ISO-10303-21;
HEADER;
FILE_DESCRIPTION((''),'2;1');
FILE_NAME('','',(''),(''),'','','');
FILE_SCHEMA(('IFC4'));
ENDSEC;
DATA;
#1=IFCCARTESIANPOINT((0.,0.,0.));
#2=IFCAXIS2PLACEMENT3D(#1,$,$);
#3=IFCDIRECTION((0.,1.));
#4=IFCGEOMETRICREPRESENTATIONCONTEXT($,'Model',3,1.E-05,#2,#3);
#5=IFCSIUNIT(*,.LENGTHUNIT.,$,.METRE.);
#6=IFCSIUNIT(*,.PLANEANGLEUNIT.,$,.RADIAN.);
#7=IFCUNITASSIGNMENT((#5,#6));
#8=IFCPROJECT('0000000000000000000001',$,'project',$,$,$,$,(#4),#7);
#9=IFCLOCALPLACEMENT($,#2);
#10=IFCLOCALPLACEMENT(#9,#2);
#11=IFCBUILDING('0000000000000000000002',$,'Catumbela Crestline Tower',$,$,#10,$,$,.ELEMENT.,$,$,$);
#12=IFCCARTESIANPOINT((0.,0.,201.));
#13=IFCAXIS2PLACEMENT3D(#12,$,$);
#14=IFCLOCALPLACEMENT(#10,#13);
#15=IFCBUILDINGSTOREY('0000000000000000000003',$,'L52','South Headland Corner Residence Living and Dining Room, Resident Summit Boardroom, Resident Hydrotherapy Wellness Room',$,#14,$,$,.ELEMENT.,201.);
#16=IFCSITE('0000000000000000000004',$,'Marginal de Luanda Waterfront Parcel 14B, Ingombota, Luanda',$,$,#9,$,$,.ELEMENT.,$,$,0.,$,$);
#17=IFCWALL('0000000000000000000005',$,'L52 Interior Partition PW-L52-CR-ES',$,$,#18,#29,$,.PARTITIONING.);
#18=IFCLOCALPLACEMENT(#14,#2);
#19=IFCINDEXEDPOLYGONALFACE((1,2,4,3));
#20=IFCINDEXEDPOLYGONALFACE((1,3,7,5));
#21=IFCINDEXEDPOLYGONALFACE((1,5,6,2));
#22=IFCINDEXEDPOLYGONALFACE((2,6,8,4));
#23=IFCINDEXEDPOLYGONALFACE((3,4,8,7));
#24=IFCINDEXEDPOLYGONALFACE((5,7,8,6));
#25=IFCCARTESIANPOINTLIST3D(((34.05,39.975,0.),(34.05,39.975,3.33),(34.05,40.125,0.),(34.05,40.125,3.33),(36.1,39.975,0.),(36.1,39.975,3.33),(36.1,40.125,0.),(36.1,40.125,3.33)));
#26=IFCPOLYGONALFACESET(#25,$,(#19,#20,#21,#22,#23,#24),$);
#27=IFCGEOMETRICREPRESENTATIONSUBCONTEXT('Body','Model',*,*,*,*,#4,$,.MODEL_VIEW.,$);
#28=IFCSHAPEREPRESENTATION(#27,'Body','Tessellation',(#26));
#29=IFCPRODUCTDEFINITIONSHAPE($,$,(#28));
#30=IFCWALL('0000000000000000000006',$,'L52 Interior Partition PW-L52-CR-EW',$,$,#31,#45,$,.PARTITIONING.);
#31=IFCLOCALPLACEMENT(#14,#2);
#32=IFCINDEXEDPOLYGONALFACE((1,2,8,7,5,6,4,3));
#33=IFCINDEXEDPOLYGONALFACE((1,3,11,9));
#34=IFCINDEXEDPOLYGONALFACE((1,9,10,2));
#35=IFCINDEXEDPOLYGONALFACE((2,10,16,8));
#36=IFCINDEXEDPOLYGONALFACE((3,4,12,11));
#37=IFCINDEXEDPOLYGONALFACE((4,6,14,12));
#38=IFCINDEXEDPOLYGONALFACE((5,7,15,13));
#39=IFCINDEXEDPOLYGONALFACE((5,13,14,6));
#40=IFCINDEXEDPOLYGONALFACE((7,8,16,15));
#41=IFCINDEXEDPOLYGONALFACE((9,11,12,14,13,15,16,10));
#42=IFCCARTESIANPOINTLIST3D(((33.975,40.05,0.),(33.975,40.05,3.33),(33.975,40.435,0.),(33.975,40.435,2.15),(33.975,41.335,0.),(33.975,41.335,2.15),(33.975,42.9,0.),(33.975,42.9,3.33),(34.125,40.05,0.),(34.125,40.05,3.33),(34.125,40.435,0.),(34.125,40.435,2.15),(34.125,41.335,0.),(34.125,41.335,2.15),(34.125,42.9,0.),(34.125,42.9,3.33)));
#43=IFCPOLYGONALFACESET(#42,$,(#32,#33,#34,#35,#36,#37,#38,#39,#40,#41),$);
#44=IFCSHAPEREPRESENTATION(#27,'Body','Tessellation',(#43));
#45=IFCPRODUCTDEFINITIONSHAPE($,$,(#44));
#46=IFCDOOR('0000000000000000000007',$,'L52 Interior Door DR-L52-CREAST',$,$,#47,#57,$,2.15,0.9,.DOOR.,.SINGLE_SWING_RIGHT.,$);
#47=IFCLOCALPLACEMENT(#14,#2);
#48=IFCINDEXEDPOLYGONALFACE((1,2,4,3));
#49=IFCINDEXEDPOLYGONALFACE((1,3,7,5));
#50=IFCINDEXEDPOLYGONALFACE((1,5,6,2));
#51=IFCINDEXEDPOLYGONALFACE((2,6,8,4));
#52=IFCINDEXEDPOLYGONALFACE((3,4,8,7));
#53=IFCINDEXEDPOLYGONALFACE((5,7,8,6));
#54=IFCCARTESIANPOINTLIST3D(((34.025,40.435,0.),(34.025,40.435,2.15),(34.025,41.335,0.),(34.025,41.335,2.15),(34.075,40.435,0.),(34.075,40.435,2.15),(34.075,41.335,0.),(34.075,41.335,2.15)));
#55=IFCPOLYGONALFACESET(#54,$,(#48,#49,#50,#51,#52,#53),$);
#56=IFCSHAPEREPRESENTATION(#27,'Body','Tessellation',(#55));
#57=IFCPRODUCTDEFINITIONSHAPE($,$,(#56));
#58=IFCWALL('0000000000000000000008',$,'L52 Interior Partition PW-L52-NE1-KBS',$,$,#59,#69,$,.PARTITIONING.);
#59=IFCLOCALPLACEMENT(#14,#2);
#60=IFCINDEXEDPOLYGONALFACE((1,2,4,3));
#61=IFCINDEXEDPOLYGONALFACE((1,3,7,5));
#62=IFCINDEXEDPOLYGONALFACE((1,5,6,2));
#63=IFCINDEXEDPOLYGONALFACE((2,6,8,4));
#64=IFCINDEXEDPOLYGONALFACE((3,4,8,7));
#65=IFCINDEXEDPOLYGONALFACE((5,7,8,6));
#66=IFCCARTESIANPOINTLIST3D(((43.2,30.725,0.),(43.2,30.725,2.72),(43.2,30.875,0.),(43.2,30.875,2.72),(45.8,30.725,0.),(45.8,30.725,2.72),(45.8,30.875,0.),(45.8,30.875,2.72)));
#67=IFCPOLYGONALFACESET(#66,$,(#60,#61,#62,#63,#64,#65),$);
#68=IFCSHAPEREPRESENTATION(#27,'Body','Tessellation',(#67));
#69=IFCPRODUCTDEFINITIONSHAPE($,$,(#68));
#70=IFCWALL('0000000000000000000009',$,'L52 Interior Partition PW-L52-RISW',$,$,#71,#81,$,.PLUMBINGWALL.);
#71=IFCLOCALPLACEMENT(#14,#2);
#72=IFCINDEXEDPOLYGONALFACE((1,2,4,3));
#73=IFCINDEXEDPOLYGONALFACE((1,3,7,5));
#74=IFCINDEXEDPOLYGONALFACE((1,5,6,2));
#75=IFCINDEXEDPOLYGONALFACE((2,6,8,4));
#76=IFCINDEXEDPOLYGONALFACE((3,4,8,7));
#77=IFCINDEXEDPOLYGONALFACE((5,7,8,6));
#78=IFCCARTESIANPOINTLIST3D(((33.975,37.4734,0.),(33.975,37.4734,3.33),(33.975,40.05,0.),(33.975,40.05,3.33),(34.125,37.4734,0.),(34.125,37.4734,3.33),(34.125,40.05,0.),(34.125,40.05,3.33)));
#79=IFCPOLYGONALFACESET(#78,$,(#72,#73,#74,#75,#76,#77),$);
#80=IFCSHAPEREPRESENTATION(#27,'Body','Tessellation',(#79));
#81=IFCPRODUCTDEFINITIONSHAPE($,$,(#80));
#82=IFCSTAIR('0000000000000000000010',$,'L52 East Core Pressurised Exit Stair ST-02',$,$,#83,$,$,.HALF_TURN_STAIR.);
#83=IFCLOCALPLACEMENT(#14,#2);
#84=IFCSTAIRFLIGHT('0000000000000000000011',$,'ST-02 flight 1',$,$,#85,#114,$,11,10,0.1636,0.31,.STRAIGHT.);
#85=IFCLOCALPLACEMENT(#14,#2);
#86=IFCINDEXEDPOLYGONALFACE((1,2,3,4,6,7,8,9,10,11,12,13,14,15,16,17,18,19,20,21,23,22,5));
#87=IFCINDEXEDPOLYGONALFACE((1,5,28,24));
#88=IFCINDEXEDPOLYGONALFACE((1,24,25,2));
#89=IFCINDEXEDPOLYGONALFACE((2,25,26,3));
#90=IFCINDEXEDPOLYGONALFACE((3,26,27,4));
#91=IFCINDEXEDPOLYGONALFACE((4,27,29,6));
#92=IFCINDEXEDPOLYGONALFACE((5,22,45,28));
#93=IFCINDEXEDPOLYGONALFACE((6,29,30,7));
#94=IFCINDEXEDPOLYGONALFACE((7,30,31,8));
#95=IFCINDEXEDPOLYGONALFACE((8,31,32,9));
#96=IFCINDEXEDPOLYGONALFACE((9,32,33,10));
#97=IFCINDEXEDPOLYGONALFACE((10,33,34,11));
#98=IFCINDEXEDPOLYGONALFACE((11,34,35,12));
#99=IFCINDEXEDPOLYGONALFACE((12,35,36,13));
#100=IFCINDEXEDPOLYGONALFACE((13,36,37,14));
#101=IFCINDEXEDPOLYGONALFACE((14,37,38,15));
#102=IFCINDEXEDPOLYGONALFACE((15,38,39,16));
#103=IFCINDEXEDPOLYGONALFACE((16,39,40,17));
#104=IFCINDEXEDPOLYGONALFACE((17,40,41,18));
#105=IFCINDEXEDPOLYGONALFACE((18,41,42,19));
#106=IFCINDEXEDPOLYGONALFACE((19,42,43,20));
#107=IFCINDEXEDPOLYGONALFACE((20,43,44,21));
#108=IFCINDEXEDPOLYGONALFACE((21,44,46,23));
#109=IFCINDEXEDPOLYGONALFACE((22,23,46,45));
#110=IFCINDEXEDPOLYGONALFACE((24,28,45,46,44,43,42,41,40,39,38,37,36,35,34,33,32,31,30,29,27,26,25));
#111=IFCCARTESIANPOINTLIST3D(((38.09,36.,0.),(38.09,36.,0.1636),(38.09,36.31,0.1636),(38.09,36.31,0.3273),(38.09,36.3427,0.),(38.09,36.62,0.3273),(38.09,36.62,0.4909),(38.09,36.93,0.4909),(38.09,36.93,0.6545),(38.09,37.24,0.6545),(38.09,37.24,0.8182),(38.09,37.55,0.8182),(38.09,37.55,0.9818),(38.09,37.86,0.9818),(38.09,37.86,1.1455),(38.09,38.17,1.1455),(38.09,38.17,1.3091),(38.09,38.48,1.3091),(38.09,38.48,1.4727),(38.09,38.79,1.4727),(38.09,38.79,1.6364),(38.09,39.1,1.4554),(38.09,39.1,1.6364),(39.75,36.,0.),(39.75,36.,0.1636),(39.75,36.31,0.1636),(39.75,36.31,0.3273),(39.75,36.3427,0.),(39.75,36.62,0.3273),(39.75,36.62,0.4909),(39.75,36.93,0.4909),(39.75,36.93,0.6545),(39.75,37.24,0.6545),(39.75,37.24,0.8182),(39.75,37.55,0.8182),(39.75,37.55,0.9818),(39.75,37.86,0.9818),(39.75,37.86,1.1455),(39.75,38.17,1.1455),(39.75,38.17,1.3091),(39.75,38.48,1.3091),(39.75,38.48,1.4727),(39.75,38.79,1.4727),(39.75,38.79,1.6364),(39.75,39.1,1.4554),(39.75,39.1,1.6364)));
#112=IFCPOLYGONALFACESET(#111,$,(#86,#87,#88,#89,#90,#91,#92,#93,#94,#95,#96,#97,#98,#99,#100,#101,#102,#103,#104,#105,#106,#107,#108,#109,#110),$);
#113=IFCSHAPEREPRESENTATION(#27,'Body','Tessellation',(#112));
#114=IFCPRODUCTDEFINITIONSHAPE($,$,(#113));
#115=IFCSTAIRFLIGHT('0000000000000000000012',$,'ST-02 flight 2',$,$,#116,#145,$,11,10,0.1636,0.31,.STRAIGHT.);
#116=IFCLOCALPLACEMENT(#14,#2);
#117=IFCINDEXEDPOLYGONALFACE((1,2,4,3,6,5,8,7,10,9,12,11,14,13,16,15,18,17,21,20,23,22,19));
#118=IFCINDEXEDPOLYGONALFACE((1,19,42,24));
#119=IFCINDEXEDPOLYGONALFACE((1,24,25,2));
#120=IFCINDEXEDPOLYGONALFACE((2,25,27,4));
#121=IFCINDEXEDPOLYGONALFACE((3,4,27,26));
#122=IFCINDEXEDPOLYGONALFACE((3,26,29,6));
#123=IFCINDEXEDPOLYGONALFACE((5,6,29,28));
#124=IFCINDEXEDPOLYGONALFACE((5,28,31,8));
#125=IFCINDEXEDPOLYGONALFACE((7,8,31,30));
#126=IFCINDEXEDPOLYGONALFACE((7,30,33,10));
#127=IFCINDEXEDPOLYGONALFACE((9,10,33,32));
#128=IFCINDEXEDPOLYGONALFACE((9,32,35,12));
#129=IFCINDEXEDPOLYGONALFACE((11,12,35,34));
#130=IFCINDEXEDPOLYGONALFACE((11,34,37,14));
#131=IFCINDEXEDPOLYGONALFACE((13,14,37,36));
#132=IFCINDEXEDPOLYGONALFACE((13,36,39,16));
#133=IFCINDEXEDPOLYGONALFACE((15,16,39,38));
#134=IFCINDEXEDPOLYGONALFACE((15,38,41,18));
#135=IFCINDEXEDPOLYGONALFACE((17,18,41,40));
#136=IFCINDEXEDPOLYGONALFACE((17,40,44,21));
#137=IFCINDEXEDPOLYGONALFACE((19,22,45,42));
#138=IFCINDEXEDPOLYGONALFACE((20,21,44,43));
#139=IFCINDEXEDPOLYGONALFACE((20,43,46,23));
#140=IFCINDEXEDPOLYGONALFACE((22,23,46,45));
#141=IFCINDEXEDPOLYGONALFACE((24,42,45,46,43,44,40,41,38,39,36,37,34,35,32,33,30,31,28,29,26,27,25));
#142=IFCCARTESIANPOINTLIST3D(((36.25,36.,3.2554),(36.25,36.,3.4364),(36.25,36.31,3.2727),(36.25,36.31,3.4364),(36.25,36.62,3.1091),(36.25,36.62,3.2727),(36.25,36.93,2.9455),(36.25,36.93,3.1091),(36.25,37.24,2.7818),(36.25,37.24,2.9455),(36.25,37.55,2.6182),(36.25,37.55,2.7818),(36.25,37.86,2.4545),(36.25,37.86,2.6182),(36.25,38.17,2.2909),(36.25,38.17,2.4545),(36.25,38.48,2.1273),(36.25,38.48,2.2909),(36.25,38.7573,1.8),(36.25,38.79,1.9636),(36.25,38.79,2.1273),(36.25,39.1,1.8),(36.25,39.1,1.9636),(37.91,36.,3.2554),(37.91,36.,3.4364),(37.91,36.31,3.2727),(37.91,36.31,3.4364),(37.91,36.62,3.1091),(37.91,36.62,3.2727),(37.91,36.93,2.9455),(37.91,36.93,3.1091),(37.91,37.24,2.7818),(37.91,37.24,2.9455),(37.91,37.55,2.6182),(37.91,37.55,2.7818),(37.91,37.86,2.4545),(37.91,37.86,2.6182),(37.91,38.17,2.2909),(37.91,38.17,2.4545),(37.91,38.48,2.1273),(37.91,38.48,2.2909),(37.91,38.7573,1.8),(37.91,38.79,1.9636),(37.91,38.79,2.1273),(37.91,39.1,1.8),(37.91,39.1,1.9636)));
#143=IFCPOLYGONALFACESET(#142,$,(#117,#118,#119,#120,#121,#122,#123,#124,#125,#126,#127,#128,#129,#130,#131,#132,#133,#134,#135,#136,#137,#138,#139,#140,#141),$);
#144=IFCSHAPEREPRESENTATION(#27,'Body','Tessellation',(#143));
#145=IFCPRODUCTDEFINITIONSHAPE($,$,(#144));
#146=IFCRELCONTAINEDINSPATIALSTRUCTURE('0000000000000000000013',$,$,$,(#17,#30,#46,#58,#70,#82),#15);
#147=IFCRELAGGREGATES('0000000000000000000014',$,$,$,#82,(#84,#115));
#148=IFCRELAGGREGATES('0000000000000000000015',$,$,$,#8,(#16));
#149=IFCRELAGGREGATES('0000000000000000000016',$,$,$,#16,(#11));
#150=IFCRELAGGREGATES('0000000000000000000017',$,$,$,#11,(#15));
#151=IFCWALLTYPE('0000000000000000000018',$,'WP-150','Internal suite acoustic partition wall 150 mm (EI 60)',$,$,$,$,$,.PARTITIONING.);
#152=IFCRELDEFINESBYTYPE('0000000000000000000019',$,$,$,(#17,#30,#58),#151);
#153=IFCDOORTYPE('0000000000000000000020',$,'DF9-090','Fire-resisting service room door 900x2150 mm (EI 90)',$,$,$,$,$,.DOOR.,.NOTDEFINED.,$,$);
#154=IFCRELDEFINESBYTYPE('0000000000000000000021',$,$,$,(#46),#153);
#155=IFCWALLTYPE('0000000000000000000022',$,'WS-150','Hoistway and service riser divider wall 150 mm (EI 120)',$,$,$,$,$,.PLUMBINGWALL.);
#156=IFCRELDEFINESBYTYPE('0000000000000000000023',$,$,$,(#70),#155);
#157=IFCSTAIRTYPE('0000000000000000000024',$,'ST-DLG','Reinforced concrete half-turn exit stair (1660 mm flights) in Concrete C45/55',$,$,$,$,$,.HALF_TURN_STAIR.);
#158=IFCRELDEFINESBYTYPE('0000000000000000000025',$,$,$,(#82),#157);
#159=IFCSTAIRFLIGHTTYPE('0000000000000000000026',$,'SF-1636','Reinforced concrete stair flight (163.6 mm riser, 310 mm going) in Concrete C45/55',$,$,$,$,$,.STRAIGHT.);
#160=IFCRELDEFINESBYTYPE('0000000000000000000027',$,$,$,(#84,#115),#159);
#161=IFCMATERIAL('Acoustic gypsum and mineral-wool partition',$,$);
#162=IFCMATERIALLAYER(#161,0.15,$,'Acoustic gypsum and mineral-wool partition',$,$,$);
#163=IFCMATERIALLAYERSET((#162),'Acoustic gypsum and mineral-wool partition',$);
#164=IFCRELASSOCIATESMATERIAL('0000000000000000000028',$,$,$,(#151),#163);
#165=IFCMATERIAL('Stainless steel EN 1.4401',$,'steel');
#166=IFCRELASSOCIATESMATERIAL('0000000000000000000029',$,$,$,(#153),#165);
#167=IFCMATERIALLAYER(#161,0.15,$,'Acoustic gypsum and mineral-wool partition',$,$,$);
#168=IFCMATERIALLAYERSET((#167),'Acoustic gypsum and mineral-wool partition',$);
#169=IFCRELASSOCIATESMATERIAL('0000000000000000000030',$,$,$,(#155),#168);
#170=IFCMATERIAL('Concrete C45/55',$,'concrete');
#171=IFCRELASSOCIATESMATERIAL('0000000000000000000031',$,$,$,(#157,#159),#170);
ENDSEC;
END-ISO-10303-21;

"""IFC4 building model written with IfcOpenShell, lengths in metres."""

from ifc_helpers import new_model, si_unit, direction, frame, frame_2d, origin, place, context, subcontext, project, spatial, polyline, rectangle, outline, extrude, material, layer, layer_set, type_object, element, fill, aggregate, save


model = new_model("IFC4")

# Units and contexts
model_context = context("Model", 3, precision=1e-05, world=origin(), true_north=direction((0.0, 1.0)))
body_context = subcontext(model_context, "Body", "Model", "MODEL_VIEW")
ifc_project = project(units=[si_unit("LENGTHUNIT", "METRE"), si_unit("PLANEANGLEUNIT", "RADIAN")], contexts=[model_context])

# Site, building, storey
site_placement = place(None, origin())
site = spatial("IfcSite", under=ifc_project, at=site_placement, Name="Marginal de Luanda Waterfront Parcel 14B, Ingombota, Luanda", CompositionType="ELEMENT", RefElevation=0.0)
building_placement = place(site_placement, origin())
building = spatial("IfcBuilding", under=site, at=building_placement, Name="Catumbela Crestline Tower", CompositionType="ELEMENT")
storey_placement = place(building_placement, frame((0.0, 0.0, 201.0)))
storey = spatial("IfcBuildingStorey", under=building, at=storey_placement, Name="L52", Description="South Headland Corner Residence Living and Dining Room, Resident Summit Boardroom, Resident Hydrotherapy Wellness Room", CompositionType="ELEMENT", Elevation=201.0)

# Shared definitions
ifc_material_1 = material(Name="Acoustic gypsum and mineral-wool partition")

# Wall
ifc_layer_1 = layer(ifc_material_1, 0.15, Name="Acoustic gypsum and mineral-wool partition")
ifc_layer_set_1 = layer_set([ifc_layer_1], Name="Acoustic gypsum and mineral-wool partition")
wall_type_1 = type_object("IfcWallType", Name="WP-150", Description="Internal suite acoustic partition wall 150 mm (EI 60)", PredefinedType="PARTITIONING", material=ifc_layer_set_1)
wall_1_placement = place(storey_placement, frame((34.05, 40.05, 0.0), z_axis=(0.0, 0.0, 1.0), x_axis=(1.0, 0.0, 0.0)))
element("IfcWall", 1, at=wall_1_placement, inside=storey, type_object=wall_type_1, Name="L52 Interior Partition PW-L52-CR-ES", PredefinedType="PARTITIONING", context=body_context, shape_type="SweptSolid", body=[
    extrude(rectangle(XDim=2.05, YDim=0.15, at=frame_2d((1.025, 0.0))), origin(), (0.0, 0.0, 1.0), 3.33),
])

# Wall, opening, door
wall_2_placement = place(storey_placement, frame((34.05, 40.05, 0.0), z_axis=(0.0, 0.0, 1.0), x_axis=(0.0, 1.0, 0.0)))
wall_2 = element("IfcWall", 2, at=wall_2_placement, inside=storey, type_object=wall_type_1, Name="L52 Interior Partition PW-L52-CR-EW", PredefinedType="PARTITIONING", context=body_context, shape_type="SweptSolid", body=[
    extrude(rectangle(XDim=2.85, YDim=0.15, at=frame_2d((1.425, 0.0))), origin(), (0.0, 0.0, 1.0), 3.33),
])
opening_1_placement = place(wall_2_placement, frame((0.385, 0.0, 0.0)))
opening_1 = element("IfcOpeningElement", 3, at=opening_1_placement, cuts=wall_2, PredefinedType="OPENING", context=body_context, shape_type="SweptSolid", body=[
    extrude(rectangle(XDim=0.9, YDim=2.15, at=frame_2d((0.45, 1.075))), frame((0.0, 0.085, 0.0), z_axis=(0.0, -1.0, 0.0), x_axis=(1.0, 0.0, 0.0)), (0.0, 0.0, 1.0), 0.17),
])
ifc_material_2 = material(Name="Stainless steel EN 1.4401", Category="steel")
door_type_1 = type_object("IfcDoorType", Name="DF9-090", Description="Fire-resisting service room door 900x2150 mm (EI 90)", OperationType="NOTDEFINED", PredefinedType="DOOR", material=ifc_material_2)
door_1_placement = place(opening_1_placement, origin())
door_1 = element("IfcDoor", 4, at=door_1_placement, inside=storey, type_object=door_type_1, Name="L52 Interior Door DR-L52-CREAST", OperationType="SINGLE_SWING_RIGHT", OverallHeight=2.15, OverallWidth=0.9, PredefinedType="DOOR", context=body_context, shape_type="SweptSolid", body=[
    extrude(rectangle(XDim=0.9, YDim=2.15, at=frame_2d((0.45, 1.075))), frame((0.0, 0.025, 0.0), z_axis=(0.0, -1.0, 0.0), x_axis=(1.0, 0.0, 0.0)), (0.0, 0.0, 1.0), 0.05),
])
fill(opening_1, door_1)

# Walls
wall_3_placement = place(storey_placement, frame((43.2, 30.8, 0.0), z_axis=(0.0, 0.0, 1.0), x_axis=(1.0, 0.0, 0.0)))
element("IfcWall", 5, at=wall_3_placement, inside=storey, type_object=wall_type_1, Name="L52 Interior Partition PW-L52-NE1-KBS", PredefinedType="PARTITIONING", context=body_context, shape_type="SweptSolid", body=[
    extrude(rectangle(XDim=2.6, YDim=0.15, at=frame_2d((1.3, 0.0))), origin(), (0.0, 0.0, 1.0), 2.72),
])
ifc_layer_2 = layer(ifc_material_1, 0.15, Name="Acoustic gypsum and mineral-wool partition")
ifc_layer_set_2 = layer_set([ifc_layer_2], Name="Acoustic gypsum and mineral-wool partition")
wall_type_2 = type_object("IfcWallType", Name="WS-150", Description="Hoistway and service riser divider wall 150 mm (EI 120)", PredefinedType="PLUMBINGWALL", material=ifc_layer_set_2)
wall_4_placement = place(storey_placement, frame((34.05, 37.4734, 0.0), z_axis=(0.0, 0.0, 1.0), x_axis=(0.0, 1.0, 0.0)))
element("IfcWall", 6, at=wall_4_placement, inside=storey, type_object=wall_type_2, Name="L52 Interior Partition PW-L52-RISW", PredefinedType="PLUMBINGWALL", context=body_context, shape_type="SweptSolid", body=[
    extrude(rectangle(XDim=2.5766, YDim=0.15, at=frame_2d((1.2883, 0.0))), origin(), (0.0, 0.0, 1.0), 3.33),
])

# Stair, stair flights
ifc_material_3 = material(Name="Concrete C45/55", Category="concrete")
stair_type = type_object("IfcStairType", Name="ST-DLG", Description="Reinforced concrete half-turn exit stair (1660 mm flights) in Concrete C45/55", PredefinedType="HALF_TURN_STAIR", material=ifc_material_3)
stair_placement = place(storey_placement, origin())
stair = element("IfcStair", 7, at=stair_placement, inside=storey, type_object=stair_type, Name="L52 East Core Pressurised Exit Stair ST-02", PredefinedType="HALF_TURN_STAIR")
stair_flight_type = type_object("IfcStairFlightType", Name="SF-1636", Description="Reinforced concrete stair flight (163.6 mm riser, 310 mm going) in Concrete C45/55", PredefinedType="STRAIGHT", material=ifc_material_3)
stair_flight_1_placement = place(storey_placement, frame((38.92, 36.0, 0.0), z_axis=(0.0, 0.0, 1.0), x_axis=(0.0, 1.0, 0.0)))
stair_flight_1 = element("IfcStairFlight", 8, at=stair_flight_1_placement, type_object=stair_flight_type, Name="ST-02 flight 1", NumberOfRisers=11, NumberOfTreads=10, PredefinedType="STRAIGHT", RiserHeight=0.1636, TreadLength=0.31, context=body_context, shape_type="SweptSolid", body=[
    extrude(outline(polyline([(0.0, 0.0), (0.0, 0.1636), (0.31, 0.1636), (0.31, 0.3273), (0.62, 0.3273), (0.62, 0.4909), (0.93, 0.4909), (0.93, 0.6545), (1.24, 0.6545), (1.24, 0.8182), (1.55, 0.8182), (1.55, 0.9818), (1.86, 0.9818), (1.86, 1.1455), (2.17, 1.1455), (2.17, 1.3091), (2.48, 1.3091), (2.48, 1.4727), (2.79, 1.4727), (2.79, 1.6364), (3.1, 1.6364), (3.1, 1.8), (3.1, 1.4554), (0.3427, 0.0), (0.0, 0.0)])), frame((0.0, 0.83, 0.0), z_axis=(0.0, -1.0, 0.0), x_axis=(1.0, 0.0, 0.0)), (0.0, 0.0, 1.0), 1.66),
])
stair_flight_2_placement = place(storey_placement, frame((37.08, 39.1, 1.8), z_axis=(0.0, 0.0, 1.0), x_axis=(0.0, -1.0, 0.0)))
stair_flight_2 = element("IfcStairFlight", 9, at=stair_flight_2_placement, type_object=stair_flight_type, Name="ST-02 flight 2", NumberOfRisers=11, NumberOfTreads=10, PredefinedType="STRAIGHT", RiserHeight=0.1636, TreadLength=0.31, context=body_context, shape_type="SweptSolid", body=[
    extrude(outline(polyline([(0.0, 0.0), (0.0, 0.1636), (0.31, 0.1636), (0.31, 0.3273), (0.62, 0.3273), (0.62, 0.4909), (0.93, 0.4909), (0.93, 0.6545), (1.24, 0.6545), (1.24, 0.8182), (1.55, 0.8182), (1.55, 0.9818), (1.86, 0.9818), (1.86, 1.1455), (2.17, 1.1455), (2.17, 1.3091), (2.48, 1.3091), (2.48, 1.4727), (2.79, 1.4727), (2.79, 1.6364), (3.1, 1.6364), (3.1, 1.8), (3.1, 1.4554), (0.3427, 0.0), (0.0, 0.0)])), frame((0.0, 0.83, 0.0), z_axis=(0.0, -1.0, 0.0), x_axis=(1.0, 0.0, 0.0)), (0.0, 0.0, 1.0), 1.66),
])
aggregate(stair, [stair_flight_1, stair_flight_2])

save(model, "model.ifc")
